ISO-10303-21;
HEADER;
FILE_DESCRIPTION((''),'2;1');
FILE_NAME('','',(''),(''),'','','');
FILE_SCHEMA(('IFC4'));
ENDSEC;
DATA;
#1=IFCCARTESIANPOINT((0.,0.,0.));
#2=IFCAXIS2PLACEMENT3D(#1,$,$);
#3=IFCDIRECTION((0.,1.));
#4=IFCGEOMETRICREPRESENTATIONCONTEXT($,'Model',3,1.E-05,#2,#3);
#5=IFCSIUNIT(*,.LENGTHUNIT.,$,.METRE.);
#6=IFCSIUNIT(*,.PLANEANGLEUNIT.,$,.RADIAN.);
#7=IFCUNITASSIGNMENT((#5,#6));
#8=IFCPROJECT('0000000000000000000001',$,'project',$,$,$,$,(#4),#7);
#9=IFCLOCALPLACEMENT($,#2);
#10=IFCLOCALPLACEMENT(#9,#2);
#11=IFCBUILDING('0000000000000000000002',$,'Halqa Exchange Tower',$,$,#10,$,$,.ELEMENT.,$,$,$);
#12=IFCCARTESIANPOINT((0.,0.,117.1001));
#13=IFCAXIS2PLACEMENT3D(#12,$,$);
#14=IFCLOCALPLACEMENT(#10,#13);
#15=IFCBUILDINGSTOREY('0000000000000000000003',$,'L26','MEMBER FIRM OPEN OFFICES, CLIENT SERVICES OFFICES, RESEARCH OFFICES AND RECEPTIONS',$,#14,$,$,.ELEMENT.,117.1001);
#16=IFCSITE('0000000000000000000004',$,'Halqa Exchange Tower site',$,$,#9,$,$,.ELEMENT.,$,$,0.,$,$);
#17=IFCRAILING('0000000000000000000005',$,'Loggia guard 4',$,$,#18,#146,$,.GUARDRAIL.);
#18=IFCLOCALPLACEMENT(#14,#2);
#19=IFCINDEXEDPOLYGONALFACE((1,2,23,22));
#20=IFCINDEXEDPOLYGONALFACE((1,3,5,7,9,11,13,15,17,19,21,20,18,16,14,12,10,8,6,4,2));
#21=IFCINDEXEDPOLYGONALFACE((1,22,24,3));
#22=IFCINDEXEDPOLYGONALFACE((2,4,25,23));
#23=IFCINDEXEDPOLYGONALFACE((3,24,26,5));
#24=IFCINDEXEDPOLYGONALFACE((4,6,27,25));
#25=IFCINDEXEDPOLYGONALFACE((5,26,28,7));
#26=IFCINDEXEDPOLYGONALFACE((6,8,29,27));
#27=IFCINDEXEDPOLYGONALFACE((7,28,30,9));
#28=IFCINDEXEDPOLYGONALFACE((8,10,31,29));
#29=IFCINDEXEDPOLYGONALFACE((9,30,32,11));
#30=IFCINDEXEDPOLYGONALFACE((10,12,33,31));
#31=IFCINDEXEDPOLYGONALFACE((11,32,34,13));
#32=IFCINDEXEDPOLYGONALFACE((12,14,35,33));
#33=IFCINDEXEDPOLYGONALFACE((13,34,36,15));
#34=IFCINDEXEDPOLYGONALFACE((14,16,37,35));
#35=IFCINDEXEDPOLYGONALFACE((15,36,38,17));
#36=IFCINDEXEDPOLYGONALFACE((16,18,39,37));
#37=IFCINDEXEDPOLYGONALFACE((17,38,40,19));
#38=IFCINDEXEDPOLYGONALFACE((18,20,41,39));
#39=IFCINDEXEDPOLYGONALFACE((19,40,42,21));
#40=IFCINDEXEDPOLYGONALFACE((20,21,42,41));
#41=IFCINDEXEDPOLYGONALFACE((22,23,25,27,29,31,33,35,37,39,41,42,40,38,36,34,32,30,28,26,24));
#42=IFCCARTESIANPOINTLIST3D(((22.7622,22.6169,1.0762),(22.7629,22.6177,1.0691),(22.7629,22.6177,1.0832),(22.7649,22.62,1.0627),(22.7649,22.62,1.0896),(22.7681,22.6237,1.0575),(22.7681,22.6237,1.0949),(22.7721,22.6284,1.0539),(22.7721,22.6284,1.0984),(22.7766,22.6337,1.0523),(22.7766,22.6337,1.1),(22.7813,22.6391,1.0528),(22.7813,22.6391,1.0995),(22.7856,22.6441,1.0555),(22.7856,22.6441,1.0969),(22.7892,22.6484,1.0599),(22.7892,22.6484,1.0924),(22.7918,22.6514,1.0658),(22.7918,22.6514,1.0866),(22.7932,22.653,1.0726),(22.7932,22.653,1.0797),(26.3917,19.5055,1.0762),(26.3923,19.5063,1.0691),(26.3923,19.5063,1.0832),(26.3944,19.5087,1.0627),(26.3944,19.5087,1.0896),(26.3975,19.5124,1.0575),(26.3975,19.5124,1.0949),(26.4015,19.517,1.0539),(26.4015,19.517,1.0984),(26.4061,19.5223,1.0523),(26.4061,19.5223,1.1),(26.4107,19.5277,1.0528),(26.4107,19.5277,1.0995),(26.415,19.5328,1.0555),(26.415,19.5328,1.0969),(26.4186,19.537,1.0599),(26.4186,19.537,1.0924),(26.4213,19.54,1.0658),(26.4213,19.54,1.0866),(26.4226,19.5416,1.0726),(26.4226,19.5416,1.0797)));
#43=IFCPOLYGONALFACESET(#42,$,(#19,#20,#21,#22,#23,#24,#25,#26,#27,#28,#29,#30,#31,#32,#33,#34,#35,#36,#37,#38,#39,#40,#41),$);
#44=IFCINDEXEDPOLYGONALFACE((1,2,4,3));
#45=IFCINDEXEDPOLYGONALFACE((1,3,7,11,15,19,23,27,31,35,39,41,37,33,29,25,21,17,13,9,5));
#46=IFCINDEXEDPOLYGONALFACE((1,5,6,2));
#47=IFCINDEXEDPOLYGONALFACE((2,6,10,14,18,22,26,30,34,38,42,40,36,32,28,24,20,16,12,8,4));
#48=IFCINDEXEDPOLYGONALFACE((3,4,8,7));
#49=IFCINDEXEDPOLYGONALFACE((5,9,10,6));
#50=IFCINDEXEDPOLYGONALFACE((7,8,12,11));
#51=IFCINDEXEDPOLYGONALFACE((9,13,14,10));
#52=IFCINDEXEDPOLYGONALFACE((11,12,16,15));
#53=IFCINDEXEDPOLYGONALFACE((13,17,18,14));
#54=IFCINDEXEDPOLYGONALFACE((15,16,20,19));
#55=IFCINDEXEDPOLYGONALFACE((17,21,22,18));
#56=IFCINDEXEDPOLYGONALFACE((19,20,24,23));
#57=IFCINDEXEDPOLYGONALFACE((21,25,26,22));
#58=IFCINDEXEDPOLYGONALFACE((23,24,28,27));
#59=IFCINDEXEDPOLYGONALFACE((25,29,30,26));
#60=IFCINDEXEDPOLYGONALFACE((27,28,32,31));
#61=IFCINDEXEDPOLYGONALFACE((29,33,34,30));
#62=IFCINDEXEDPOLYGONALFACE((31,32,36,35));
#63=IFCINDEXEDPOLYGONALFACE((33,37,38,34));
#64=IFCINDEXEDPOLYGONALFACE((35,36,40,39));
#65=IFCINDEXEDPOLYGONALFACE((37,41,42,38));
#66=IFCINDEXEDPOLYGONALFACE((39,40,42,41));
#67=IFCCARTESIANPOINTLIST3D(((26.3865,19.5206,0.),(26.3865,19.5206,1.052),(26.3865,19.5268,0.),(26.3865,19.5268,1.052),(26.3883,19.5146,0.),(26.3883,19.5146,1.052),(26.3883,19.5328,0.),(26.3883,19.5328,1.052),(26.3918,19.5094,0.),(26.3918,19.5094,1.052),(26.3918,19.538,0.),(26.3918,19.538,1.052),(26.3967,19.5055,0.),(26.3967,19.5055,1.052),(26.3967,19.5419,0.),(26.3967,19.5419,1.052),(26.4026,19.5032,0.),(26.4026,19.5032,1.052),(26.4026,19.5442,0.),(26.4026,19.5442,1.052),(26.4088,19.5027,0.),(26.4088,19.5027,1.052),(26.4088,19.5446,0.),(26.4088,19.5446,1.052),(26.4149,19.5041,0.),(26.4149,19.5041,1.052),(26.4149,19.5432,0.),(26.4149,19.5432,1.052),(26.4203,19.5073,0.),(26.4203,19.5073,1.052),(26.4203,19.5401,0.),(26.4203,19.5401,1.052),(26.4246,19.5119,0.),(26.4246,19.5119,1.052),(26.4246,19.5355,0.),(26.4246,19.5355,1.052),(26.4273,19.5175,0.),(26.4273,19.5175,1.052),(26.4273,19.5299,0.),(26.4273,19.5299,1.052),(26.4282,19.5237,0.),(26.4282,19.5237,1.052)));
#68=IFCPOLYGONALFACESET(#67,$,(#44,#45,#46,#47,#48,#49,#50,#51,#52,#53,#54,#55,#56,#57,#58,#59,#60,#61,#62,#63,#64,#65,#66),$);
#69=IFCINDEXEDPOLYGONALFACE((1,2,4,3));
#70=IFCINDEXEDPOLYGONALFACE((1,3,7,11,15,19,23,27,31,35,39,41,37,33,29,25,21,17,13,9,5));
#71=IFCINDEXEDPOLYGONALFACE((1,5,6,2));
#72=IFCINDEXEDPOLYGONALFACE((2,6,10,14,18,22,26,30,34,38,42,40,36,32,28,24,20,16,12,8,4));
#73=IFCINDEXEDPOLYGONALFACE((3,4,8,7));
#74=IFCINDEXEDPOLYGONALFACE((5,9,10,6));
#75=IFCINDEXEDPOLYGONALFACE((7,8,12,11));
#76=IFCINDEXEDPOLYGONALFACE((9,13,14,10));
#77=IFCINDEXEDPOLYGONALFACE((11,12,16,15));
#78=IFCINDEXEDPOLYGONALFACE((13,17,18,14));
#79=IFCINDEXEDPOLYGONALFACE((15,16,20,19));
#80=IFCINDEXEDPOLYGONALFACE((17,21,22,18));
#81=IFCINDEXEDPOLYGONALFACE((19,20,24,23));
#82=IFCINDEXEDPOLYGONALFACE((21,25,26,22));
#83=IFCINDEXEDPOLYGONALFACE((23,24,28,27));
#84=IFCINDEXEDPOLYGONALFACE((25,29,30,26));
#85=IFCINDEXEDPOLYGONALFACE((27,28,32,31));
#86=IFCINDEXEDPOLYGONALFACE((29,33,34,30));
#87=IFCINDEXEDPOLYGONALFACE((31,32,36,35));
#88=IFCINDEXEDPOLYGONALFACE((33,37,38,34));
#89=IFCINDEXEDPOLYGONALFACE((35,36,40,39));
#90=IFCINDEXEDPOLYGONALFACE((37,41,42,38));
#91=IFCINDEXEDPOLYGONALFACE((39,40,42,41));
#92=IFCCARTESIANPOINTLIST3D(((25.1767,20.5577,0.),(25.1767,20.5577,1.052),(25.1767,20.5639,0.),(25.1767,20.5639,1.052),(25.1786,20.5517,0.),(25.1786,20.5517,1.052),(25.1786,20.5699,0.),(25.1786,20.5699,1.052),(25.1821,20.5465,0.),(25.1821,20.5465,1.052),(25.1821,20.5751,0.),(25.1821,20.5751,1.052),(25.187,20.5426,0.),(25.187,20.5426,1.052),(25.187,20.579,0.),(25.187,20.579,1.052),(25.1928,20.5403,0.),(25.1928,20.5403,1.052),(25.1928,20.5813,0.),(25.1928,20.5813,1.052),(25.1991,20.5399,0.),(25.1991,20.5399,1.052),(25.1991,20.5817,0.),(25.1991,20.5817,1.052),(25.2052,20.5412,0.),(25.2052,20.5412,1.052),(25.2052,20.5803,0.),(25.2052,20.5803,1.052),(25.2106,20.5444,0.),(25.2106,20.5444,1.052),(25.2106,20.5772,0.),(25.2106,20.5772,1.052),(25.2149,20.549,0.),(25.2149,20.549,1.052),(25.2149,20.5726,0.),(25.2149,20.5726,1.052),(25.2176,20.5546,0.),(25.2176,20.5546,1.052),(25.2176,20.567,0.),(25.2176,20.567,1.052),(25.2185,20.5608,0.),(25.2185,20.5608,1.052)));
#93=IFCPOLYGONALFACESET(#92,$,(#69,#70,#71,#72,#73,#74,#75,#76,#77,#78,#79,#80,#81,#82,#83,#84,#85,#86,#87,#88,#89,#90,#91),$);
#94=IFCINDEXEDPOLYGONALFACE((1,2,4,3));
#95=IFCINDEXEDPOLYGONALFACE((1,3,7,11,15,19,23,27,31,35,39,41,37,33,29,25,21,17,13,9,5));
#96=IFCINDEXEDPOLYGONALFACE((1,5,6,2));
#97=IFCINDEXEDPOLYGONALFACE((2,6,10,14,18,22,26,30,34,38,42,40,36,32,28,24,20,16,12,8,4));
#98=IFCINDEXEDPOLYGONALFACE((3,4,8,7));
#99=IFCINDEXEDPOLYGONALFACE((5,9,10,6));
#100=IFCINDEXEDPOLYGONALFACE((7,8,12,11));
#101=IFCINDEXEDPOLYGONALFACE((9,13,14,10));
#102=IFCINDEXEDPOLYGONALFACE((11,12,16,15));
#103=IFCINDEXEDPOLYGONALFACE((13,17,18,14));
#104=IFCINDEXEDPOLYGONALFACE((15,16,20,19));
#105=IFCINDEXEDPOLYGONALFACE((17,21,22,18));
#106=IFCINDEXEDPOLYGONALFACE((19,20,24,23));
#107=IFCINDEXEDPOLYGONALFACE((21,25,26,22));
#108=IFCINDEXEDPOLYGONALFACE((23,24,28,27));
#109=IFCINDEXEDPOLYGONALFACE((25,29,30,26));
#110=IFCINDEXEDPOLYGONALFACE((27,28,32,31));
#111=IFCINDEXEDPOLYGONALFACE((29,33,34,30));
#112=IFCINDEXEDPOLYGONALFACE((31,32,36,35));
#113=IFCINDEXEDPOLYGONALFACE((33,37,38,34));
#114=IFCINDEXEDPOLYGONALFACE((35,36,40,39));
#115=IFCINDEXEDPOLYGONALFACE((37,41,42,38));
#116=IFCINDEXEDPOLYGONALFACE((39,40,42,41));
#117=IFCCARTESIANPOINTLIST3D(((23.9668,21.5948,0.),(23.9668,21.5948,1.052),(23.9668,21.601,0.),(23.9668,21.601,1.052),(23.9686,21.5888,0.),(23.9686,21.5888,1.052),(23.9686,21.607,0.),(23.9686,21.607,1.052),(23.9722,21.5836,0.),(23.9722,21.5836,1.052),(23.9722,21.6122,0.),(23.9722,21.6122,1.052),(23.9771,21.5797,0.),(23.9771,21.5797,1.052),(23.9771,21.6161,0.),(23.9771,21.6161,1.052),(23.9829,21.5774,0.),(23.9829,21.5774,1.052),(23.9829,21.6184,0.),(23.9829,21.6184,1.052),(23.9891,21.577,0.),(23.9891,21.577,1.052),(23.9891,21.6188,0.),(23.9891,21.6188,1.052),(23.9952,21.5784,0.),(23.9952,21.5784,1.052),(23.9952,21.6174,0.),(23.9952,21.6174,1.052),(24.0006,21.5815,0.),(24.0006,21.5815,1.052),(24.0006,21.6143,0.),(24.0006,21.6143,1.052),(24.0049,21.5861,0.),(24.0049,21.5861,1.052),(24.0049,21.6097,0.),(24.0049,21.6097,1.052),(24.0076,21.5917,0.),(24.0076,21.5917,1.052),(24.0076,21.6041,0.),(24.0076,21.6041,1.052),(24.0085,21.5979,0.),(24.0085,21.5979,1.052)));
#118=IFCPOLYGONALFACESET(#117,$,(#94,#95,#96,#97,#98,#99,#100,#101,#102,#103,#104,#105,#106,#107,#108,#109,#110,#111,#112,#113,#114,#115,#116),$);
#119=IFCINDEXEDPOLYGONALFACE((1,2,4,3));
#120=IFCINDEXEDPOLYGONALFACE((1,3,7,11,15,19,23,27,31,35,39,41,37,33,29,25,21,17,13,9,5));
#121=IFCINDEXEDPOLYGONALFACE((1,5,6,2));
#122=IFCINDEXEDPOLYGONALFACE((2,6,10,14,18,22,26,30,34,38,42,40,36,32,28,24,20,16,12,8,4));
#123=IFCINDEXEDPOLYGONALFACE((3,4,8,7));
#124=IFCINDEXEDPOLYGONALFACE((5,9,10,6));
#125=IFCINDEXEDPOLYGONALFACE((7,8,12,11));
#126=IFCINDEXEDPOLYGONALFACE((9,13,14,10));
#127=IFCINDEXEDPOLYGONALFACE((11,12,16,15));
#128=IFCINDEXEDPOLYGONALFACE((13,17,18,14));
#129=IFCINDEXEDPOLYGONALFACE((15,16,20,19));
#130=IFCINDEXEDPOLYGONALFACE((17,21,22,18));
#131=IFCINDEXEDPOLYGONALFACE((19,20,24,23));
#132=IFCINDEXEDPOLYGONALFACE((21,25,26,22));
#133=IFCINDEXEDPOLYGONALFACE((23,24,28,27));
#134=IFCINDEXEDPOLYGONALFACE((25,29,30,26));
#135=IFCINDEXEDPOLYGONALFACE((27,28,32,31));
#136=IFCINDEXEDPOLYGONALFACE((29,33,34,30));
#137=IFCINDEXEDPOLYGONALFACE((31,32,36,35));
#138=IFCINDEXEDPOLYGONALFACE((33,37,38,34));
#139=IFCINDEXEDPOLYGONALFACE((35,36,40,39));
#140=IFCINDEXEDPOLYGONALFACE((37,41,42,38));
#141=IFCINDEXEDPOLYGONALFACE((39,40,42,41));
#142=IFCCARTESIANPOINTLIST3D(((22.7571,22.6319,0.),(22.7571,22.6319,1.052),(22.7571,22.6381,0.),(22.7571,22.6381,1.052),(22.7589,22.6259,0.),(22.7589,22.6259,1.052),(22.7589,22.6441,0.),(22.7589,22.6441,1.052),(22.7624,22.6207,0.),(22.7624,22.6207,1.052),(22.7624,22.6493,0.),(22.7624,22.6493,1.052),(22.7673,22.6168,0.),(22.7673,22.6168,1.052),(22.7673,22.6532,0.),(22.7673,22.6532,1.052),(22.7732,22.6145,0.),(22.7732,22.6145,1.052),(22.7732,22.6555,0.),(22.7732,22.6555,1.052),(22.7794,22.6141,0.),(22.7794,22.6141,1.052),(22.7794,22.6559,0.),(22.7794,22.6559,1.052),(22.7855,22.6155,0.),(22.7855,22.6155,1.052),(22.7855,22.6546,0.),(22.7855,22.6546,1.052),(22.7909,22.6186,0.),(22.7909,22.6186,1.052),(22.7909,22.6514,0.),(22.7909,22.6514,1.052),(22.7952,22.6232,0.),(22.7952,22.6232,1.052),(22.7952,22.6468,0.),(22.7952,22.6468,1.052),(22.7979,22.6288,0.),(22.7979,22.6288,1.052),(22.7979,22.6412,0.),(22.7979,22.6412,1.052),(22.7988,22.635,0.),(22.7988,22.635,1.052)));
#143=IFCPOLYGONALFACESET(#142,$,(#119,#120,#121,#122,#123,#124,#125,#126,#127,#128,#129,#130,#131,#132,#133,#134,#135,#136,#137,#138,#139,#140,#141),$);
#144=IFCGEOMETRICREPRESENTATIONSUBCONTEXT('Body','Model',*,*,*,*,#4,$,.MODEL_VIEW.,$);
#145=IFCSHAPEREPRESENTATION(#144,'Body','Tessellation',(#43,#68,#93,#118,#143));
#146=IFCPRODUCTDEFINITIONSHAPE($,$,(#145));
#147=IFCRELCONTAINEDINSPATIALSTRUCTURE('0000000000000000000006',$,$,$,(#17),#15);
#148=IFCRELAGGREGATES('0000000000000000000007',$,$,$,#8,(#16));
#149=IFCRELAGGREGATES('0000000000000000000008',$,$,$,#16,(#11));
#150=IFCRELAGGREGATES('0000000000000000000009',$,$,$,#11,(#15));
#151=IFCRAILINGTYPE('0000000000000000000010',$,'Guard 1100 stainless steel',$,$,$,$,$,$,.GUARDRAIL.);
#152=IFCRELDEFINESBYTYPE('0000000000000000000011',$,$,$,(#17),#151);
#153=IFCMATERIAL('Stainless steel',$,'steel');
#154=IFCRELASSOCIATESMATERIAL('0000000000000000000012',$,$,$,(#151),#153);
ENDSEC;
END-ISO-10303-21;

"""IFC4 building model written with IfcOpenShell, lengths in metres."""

from ifc_helpers import new_model, si_unit, direction, frame, origin, origin_2d, place, context, subcontext, project, spatial, circle, extrude, material, type_object, element, save


model = new_model("IFC4")

# Units and contexts
model_context = context("Model", 3, precision=1e-05, world=origin(), true_north=direction((0.0, 1.0)))
body_context = subcontext(model_context, "Body", "Model", "MODEL_VIEW")
ifc_project = project(units=[si_unit("LENGTHUNIT", "METRE"), si_unit("PLANEANGLEUNIT", "RADIAN")], contexts=[model_context])

# Site, building, storey
site_placement = place(None, origin())
site = spatial("IfcSite", under=ifc_project, at=site_placement, Name="Halqa Exchange Tower site", CompositionType="ELEMENT", RefElevation=0.0)
building_placement = place(site_placement, origin())
building = spatial("IfcBuilding", under=site, at=building_placement, Name="Halqa Exchange Tower", CompositionType="ELEMENT")
storey_placement = place(building_placement, frame((0.0, 0.0, 117.1001)))
storey = spatial("IfcBuildingStorey", under=building, at=storey_placement, Name="L26", Description="MEMBER FIRM OPEN OFFICES, CLIENT SERVICES OFFICES, RESEARCH OFFICES AND RECEPTIONS", CompositionType="ELEMENT", Elevation=117.1001)

# Railing
ifc_material_1 = material(Name="Stainless steel", Category="steel")
railing_type = type_object("IfcRailingType", Name="Guard 1100 stainless steel", PredefinedType="GUARDRAIL", material=ifc_material_1)
railing_1_placement = place(storey_placement, frame((26.4072, 19.5237, 0.0)))
element("IfcRailing", 1, at=railing_1_placement, inside=storey, type_object=railing_type, Name="Loggia guard 4", PredefinedType="GUARDRAIL", context=body_context, shape_type="SweptSolid", body=[
    extrude(circle(Radius=0.0239, at=origin_2d()), frame((0.0, 0.0, 1.0762), z_axis=(-0.759213, 0.650842, 0.0), x_axis=(-0.650842, -0.759213, 0.0)), (0.0, 0.0, 1.0), 4.7805),
    extrude(circle(Radius=0.021, at=origin_2d()), origin(), (0.0, 0.0, 1.0), 1.052),
    extrude(circle(Radius=0.021, at=origin_2d()), frame((-1.2097, 1.0371, 0.0)), (0.0, 0.0, 1.0), 1.052),
    extrude(circle(Radius=0.021, at=origin_2d()), frame((-2.4197, 2.0742, 0.0)), (0.0, 0.0, 1.0), 1.052),
    extrude(circle(Radius=0.021, at=origin_2d()), frame((-3.6294, 3.1113, 0.0)), (0.0, 0.0, 1.0), 1.052),
])

save(model, "model.ifc")
